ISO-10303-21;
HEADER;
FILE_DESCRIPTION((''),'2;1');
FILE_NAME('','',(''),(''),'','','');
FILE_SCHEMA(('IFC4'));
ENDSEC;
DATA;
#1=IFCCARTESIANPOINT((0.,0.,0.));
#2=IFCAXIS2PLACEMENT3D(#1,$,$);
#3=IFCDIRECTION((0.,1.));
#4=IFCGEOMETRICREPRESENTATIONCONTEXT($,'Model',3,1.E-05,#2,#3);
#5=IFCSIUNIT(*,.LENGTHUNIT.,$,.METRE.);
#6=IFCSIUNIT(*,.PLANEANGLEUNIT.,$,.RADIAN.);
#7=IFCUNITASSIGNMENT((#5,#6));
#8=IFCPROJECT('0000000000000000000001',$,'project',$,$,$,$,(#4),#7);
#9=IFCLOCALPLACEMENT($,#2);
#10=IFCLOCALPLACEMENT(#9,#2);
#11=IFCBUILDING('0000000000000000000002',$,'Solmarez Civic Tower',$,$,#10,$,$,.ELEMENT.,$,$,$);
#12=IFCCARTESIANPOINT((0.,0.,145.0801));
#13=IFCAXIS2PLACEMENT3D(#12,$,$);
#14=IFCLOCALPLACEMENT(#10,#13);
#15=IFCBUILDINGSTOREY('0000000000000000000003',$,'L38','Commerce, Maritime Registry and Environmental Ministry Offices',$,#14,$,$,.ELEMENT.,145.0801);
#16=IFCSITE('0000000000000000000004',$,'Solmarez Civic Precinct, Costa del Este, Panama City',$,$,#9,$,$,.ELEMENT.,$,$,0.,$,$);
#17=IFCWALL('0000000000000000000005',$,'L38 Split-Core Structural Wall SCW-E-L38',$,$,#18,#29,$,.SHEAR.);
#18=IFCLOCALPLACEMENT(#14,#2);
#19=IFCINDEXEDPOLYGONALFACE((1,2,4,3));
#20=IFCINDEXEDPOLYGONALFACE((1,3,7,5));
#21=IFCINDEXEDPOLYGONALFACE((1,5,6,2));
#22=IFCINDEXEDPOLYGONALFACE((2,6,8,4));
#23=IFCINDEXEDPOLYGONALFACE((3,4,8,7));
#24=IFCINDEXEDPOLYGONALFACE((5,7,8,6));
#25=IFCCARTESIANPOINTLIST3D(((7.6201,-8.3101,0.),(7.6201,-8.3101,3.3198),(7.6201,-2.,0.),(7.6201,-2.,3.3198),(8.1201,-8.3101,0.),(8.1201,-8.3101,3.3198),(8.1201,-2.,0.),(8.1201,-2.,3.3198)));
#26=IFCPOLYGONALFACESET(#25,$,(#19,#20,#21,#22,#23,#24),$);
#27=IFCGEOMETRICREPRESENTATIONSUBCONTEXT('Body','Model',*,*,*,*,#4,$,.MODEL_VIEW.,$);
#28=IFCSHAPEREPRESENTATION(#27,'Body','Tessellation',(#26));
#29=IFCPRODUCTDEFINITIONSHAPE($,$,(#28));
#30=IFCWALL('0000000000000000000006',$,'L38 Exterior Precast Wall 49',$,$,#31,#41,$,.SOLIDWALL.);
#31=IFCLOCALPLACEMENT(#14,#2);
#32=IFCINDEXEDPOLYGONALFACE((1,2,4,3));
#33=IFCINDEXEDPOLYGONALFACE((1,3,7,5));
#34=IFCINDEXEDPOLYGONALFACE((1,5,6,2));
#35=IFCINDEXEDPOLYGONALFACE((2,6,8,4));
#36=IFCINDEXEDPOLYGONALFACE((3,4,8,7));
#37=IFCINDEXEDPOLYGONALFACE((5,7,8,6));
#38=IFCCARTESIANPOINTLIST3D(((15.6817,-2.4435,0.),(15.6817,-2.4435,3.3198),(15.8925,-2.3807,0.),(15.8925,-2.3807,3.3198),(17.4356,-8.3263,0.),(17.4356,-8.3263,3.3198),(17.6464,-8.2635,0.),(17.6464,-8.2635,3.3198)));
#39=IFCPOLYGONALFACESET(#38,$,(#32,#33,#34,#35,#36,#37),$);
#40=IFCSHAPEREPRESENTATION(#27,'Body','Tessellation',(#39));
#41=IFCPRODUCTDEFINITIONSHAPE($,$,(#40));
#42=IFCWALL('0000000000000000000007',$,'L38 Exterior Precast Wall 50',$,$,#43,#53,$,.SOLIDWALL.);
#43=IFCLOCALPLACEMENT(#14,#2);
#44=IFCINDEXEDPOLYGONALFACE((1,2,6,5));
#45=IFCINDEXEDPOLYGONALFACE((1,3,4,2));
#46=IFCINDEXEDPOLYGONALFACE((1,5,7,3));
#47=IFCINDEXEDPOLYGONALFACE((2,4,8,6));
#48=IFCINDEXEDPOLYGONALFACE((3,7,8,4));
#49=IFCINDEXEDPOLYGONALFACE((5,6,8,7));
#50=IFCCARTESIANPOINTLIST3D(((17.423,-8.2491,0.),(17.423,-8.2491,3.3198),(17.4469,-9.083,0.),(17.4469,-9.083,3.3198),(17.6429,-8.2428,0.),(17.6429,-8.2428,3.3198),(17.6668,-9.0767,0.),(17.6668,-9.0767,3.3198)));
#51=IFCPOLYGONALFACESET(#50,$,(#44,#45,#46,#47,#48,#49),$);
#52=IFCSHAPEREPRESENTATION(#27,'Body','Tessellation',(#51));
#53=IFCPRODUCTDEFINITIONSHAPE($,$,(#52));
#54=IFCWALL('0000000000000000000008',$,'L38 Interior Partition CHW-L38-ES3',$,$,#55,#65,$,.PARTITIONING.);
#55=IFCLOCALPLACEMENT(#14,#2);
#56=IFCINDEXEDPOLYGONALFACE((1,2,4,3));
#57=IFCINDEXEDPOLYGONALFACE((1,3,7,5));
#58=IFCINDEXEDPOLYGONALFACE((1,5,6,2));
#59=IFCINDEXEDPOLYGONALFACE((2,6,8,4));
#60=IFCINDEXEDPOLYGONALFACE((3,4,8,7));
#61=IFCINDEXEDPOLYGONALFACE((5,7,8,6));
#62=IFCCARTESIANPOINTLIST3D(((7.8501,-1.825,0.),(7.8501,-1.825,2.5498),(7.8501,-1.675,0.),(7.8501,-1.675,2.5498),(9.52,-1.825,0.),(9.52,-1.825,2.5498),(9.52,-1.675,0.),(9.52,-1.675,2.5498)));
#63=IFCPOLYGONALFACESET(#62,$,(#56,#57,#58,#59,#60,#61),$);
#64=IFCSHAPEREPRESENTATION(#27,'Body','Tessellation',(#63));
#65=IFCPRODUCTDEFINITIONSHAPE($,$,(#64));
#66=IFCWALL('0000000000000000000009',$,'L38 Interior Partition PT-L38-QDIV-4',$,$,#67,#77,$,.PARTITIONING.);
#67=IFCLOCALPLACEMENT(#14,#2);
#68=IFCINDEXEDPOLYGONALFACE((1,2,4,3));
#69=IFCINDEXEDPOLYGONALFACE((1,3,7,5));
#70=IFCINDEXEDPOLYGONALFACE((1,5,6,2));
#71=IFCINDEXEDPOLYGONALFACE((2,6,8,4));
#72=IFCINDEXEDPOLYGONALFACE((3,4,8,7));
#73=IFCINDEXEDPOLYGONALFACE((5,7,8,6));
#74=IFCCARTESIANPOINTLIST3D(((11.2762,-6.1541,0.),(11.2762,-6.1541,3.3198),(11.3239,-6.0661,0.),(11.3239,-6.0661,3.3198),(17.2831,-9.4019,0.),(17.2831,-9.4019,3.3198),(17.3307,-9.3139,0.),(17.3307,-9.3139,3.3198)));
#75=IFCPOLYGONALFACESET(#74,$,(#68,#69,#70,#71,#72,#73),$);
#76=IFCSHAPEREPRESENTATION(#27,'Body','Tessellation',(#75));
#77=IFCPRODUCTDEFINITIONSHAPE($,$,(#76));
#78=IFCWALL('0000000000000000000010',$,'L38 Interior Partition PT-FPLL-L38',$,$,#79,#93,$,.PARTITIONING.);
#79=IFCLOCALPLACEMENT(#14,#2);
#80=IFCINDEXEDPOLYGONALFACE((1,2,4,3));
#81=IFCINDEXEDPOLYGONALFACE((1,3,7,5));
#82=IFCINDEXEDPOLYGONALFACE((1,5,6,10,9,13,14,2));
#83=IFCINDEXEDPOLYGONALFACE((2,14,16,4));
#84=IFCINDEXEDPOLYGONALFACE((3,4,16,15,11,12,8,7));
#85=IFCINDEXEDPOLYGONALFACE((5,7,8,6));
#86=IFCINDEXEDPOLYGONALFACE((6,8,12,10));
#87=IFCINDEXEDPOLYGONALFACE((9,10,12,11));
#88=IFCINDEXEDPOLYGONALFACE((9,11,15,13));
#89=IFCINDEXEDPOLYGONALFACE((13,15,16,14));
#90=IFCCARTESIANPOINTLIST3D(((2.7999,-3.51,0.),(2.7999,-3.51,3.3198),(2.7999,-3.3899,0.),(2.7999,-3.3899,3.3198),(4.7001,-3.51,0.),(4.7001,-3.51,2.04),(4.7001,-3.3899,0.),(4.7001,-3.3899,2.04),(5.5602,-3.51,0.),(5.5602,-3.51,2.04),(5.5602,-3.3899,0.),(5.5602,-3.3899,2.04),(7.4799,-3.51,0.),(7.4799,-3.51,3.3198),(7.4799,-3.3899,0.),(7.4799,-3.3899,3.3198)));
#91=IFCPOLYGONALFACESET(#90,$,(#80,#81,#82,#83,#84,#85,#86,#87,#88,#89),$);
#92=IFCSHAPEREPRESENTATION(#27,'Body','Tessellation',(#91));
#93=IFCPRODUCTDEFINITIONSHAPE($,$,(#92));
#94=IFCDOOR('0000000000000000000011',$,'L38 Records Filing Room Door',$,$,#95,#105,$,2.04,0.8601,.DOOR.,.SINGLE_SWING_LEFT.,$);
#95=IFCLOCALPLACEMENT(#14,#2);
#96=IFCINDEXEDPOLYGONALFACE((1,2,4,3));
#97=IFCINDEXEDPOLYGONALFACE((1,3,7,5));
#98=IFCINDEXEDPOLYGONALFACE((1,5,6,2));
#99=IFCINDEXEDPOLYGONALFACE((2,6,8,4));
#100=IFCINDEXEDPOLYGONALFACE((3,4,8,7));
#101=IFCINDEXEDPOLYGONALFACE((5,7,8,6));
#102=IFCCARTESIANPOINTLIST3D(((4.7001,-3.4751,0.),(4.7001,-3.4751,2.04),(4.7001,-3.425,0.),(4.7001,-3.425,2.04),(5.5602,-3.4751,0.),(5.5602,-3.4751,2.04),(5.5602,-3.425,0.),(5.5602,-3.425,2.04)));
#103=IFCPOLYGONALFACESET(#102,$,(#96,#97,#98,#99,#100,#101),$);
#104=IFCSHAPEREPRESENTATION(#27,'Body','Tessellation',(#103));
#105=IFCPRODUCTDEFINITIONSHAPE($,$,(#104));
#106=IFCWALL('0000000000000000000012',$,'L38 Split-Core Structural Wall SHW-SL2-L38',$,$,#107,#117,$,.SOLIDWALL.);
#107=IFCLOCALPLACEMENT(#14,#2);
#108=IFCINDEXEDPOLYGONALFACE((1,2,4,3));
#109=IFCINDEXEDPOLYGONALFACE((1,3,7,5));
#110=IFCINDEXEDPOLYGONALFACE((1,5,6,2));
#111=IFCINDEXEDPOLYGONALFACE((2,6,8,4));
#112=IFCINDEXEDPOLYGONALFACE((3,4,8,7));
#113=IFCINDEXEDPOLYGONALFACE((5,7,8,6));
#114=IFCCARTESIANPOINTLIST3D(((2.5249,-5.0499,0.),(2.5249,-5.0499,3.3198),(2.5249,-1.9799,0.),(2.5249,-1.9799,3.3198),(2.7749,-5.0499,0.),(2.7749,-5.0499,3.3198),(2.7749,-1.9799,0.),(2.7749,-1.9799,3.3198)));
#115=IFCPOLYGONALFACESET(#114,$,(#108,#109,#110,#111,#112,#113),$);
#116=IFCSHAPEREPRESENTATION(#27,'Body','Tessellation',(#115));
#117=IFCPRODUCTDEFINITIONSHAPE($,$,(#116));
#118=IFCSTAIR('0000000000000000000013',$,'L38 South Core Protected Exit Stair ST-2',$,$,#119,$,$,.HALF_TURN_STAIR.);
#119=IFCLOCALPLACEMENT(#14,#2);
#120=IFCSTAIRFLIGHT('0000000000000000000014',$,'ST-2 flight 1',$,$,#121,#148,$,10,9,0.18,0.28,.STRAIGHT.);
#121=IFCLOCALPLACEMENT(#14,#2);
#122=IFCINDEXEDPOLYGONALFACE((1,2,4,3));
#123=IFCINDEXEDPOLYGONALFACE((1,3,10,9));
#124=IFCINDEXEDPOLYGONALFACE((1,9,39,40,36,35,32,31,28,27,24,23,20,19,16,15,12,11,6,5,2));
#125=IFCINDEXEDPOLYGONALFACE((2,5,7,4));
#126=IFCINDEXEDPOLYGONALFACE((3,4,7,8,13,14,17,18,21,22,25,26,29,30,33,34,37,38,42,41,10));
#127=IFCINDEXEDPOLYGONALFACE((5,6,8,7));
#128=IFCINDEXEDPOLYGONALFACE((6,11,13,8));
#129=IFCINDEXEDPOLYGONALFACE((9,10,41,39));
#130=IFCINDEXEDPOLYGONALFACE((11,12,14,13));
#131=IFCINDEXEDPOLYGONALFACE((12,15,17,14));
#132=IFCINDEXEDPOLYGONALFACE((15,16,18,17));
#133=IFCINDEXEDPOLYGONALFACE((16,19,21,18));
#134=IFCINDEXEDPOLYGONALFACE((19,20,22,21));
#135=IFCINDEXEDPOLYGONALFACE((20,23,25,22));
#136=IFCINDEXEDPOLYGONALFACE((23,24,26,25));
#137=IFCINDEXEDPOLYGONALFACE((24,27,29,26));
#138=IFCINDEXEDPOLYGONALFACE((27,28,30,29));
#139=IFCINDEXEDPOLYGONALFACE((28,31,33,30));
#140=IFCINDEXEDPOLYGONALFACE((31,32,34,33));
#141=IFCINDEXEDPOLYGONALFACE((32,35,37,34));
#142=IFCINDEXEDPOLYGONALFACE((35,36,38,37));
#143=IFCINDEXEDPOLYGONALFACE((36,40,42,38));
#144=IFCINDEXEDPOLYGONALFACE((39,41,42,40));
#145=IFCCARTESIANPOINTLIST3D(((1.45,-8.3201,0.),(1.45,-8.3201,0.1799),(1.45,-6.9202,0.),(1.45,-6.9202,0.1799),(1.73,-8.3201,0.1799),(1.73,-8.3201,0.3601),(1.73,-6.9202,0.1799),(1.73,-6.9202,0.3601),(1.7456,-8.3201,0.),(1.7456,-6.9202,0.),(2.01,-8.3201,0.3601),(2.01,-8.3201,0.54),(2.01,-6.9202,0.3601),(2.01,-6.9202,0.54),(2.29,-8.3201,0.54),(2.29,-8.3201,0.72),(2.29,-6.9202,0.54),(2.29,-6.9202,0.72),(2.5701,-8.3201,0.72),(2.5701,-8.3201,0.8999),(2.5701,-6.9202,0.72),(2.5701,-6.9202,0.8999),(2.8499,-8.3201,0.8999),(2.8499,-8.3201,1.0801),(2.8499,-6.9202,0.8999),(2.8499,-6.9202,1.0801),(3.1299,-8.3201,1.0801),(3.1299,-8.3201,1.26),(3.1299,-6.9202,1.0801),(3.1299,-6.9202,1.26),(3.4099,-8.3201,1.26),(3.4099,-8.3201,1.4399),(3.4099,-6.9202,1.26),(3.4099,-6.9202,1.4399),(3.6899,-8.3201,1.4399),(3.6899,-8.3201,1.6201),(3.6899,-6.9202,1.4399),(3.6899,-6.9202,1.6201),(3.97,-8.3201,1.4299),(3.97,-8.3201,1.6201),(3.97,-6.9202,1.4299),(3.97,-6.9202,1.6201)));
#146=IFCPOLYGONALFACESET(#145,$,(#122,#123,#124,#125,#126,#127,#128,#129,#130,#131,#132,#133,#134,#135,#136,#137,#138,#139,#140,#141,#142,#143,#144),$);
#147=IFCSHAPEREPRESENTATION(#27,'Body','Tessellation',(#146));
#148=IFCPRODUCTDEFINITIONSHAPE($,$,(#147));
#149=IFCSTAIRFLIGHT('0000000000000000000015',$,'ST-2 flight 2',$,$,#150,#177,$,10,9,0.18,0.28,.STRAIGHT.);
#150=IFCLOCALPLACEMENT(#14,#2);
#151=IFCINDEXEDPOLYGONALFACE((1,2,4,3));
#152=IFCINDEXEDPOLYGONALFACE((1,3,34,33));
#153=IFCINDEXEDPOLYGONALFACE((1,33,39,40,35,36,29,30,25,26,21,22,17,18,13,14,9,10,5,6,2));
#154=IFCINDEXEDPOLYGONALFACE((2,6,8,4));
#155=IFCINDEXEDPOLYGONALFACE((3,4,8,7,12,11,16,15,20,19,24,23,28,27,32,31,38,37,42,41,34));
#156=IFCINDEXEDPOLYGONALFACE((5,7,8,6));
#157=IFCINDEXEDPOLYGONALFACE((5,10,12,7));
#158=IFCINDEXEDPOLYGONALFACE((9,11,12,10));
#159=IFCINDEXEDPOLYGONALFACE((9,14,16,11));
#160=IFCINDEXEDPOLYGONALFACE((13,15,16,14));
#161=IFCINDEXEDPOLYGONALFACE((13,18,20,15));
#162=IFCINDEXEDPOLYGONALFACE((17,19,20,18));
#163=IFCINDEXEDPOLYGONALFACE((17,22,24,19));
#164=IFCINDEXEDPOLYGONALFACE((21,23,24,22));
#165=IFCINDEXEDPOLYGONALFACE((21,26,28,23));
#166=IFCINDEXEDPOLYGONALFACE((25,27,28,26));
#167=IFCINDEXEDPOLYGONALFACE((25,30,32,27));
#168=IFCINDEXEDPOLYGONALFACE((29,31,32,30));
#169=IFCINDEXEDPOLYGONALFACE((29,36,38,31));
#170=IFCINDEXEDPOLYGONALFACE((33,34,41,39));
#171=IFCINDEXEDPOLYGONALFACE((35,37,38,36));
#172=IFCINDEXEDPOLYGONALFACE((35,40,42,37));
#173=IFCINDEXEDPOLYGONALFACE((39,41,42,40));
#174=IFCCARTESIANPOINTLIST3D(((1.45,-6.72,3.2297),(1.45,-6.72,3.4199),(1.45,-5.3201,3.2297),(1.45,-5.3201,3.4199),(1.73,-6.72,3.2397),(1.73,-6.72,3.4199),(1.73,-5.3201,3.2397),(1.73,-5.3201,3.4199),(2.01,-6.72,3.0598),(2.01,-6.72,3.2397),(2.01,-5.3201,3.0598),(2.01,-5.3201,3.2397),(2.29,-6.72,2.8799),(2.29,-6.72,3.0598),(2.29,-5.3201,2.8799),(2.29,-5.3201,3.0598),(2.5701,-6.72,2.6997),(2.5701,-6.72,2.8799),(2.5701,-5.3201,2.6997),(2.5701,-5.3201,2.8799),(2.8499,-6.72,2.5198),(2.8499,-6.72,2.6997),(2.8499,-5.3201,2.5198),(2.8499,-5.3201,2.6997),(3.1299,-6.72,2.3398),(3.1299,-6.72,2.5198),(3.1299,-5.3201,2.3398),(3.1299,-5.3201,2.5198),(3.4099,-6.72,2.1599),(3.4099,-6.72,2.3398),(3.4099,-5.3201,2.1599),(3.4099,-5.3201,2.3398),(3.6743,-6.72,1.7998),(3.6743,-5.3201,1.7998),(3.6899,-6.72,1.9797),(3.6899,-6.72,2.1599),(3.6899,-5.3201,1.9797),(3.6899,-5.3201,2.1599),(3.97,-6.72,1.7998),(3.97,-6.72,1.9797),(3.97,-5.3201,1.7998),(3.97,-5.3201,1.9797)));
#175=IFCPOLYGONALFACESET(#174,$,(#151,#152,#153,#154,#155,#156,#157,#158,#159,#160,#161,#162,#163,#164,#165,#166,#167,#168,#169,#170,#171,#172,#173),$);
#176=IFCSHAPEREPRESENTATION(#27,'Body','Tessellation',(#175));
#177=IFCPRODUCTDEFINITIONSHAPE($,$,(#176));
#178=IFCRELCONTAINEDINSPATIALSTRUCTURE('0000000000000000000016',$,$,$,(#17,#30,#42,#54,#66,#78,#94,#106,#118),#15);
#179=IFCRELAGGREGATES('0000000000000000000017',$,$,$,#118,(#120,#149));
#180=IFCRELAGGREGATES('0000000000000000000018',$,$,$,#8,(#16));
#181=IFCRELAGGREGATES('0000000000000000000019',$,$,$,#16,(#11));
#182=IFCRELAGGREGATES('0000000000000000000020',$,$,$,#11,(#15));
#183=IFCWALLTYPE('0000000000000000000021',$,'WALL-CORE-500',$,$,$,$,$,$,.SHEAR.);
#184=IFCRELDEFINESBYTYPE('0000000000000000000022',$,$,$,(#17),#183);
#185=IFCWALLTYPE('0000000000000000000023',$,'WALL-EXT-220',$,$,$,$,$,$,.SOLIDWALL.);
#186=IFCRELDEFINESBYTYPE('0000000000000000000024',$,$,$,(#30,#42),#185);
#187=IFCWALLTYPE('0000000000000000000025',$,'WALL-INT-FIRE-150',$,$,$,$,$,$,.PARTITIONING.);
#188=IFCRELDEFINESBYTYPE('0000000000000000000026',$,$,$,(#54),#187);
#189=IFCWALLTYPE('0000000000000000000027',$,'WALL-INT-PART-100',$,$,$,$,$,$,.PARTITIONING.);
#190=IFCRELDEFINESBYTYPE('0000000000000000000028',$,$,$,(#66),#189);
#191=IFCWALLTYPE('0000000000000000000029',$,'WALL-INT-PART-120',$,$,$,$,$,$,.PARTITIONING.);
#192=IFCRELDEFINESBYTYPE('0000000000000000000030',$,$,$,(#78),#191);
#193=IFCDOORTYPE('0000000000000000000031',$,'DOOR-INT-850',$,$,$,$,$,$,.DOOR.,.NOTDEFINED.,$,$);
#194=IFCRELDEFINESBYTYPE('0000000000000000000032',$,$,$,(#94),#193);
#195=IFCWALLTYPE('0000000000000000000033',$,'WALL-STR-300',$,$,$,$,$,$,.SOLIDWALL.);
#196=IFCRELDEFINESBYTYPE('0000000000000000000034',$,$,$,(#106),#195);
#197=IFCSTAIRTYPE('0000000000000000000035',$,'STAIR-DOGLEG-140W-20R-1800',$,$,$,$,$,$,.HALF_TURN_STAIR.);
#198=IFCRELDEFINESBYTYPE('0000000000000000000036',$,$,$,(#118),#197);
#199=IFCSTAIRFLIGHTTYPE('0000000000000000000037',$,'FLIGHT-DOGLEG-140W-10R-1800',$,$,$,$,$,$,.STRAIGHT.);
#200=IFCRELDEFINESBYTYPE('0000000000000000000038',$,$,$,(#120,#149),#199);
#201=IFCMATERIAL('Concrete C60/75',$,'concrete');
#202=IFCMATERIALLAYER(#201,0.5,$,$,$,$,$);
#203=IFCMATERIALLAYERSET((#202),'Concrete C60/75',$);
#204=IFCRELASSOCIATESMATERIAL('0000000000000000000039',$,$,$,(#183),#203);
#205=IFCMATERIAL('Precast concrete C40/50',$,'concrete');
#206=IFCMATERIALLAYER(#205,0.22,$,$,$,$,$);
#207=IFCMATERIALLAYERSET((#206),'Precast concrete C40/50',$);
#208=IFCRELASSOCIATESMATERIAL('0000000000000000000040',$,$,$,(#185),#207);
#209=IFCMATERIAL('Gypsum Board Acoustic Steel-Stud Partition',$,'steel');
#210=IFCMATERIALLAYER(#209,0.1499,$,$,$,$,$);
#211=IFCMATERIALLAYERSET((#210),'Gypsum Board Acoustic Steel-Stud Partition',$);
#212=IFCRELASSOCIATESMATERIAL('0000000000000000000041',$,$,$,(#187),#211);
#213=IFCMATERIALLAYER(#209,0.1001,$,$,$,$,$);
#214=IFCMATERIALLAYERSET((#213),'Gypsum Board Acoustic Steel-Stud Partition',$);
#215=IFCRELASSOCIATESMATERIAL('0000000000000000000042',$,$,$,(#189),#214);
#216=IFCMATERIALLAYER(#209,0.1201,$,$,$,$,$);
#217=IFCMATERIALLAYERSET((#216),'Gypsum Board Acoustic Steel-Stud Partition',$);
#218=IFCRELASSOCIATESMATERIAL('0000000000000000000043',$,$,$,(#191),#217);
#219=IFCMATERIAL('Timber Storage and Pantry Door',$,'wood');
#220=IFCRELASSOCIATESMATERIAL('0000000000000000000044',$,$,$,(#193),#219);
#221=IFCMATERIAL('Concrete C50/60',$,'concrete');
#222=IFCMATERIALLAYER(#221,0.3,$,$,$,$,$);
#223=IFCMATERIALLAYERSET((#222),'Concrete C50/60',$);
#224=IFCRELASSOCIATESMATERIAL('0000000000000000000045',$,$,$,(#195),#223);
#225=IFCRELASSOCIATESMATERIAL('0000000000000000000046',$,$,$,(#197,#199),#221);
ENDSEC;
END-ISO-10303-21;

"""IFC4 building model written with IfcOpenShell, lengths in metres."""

from ifc_helpers import new_model, si_unit, direction, frame, frame_2d, origin, place, context, subcontext, project, spatial, polyline, rectangle, outline, extrude, material, layer, layer_set, type_object, element, fill, aggregate, save


model = new_model("IFC4")

# Units and contexts
model_context = context("Model", 3, precision=1e-05, world=origin(), true_north=direction((0.0, 1.0)))
body_context = subcontext(model_context, "Body", "Model", "MODEL_VIEW")
ifc_project = project(units=[si_unit("LENGTHUNIT", "METRE"), si_unit("PLANEANGLEUNIT", "RADIAN")], contexts=[model_context])

# Site, building, storey
site_placement = place(None, origin())
site = spatial("IfcSite", under=ifc_project, at=site_placement, Name="Solmarez Civic Precinct, Costa del Este, Panama City", CompositionType="ELEMENT", RefElevation=0.0)
building_placement = place(site_placement, origin())
building = spatial("IfcBuilding", under=site, at=building_placement, Name="Solmarez Civic Tower", CompositionType="ELEMENT")
storey_placement = place(building_placement, frame((0.0, 0.0, 145.0801)))
storey = spatial("IfcBuildingStorey", under=building, at=storey_placement, Name="L38", Description="Commerce, Maritime Registry and Environmental Ministry Offices", CompositionType="ELEMENT", Elevation=145.0801)

# Shared definitions
ifc_material_1 = material(Name="Concrete C50/60", Category="concrete")

# Walls
ifc_material_2 = material(Name="Concrete C60/75", Category="concrete")
ifc_layer_1 = layer(ifc_material_2, 0.5)
ifc_layer_set_1 = layer_set([ifc_layer_1], Name="Concrete C60/75")
wall_type_1 = type_object("IfcWallType", Name="WALL-CORE-500", PredefinedType="SHEAR", material=ifc_layer_set_1)
wall_1_placement = place(storey_placement, frame((7.8701, -2.0, 0.0), z_axis=(0.0, 0.0, 1.0), x_axis=(0.0, -1.0, 0.0)))
element("IfcWall", 1, at=wall_1_placement, inside=storey, type_object=wall_type_1, Name="L38 Split-Core Structural Wall SCW-E-L38", PredefinedType="SHEAR", context=body_context, shape_type="SweptSolid", body=[
    extrude(rectangle(XDim=6.3101, YDim=0.5, at=frame_2d((3.155, 0.0))), origin(), (0.0, 0.0, 1.0), 3.3198),
])
ifc_material_3 = material(Name="Precast concrete C40/50", Category="concrete")
ifc_layer_2 = layer(ifc_material_3, 0.22)
ifc_layer_set_2 = layer_set([ifc_layer_2], Name="Precast concrete C40/50")
wall_type_2 = type_object("IfcWallType", Name="WALL-EXT-220", PredefinedType="SOLIDWALL", material=ifc_layer_set_2)
wall_2_placement = place(storey_placement, frame((15.7871, -2.4121, 0.0), z_axis=(0.0, 0.0, 1.0), x_axis=(0.285713, -0.958315, 0.0)))
element("IfcWall", 2, at=wall_2_placement, inside=storey, type_object=wall_type_2, Name="L38 Exterior Precast Wall 49", PredefinedType="SOLIDWALL", context=body_context, shape_type="SweptSolid", body=[
    extrude(rectangle(XDim=6.1387, YDim=0.22, at=frame_2d((3.0693, 0.0))), origin(), (0.0, 0.0, 1.0), 3.3198),
])
wall_3_placement = place(storey_placement, frame((17.533, -8.2461, 0.0), z_axis=(0.0, 0.0, 1.0), x_axis=(0.028677, -0.999589, 0.0)))
element("IfcWall", 3, at=wall_3_placement, inside=storey, type_object=wall_type_2, Name="L38 Exterior Precast Wall 50", PredefinedType="SOLIDWALL", context=body_context, shape_type="SweptSolid", body=[
    extrude(rectangle(XDim=0.8342, YDim=0.22, at=frame_2d((0.417, 0.0))), origin(), (0.0, 0.0, 1.0), 3.3198),
])
ifc_material_4 = material(Name="Gypsum Board Acoustic Steel-Stud Partition", Category="steel")
ifc_layer_3 = layer(ifc_material_4, 0.1499)
ifc_layer_set_3 = layer_set([ifc_layer_3], Name="Gypsum Board Acoustic Steel-Stud Partition")
wall_type_3 = type_object("IfcWallType", Name="WALL-INT-FIRE-150", PredefinedType="PARTITIONING", material=ifc_layer_set_3)
wall_4_placement = place(storey_placement, frame((7.8501, -1.75, 0.0), z_axis=(0.0, 0.0, 1.0), x_axis=(1.0, 0.0, 0.0)))
element("IfcWall", 4, at=wall_4_placement, inside=storey, type_object=wall_type_3, Name="L38 Interior Partition CHW-L38-ES3", PredefinedType="PARTITIONING", context=body_context, shape_type="SweptSolid", body=[
    extrude(rectangle(XDim=1.6699, YDim=0.1499, at=frame_2d((0.835, 0.0))), origin(), (0.0, 0.0, 1.0), 2.5498),
])
ifc_layer_4 = layer(ifc_material_4, 0.1001)
ifc_layer_set_4 = layer_set([ifc_layer_4], Name="Gypsum Board Acoustic Steel-Stud Partition")
wall_type_4 = type_object("IfcWallType", Name="WALL-INT-PART-100", PredefinedType="PARTITIONING", material=ifc_layer_set_4)
wall_5_placement = place(storey_placement, frame((11.3, -6.1101, 0.0), z_axis=(0.0, 0.0, 1.0), x_axis=(0.879654, -0.475615, 0.0)))
element("IfcWall", 5, at=wall_5_placement, inside=storey, type_object=wall_type_4, Name="L38 Interior Partition PT-L38-QDIV-4", PredefinedType="PARTITIONING", context=body_context, shape_type="SweptSolid", body=[
    extrude(rectangle(XDim=6.8286, YDim=0.1001, at=frame_2d((3.4143, 0.0))), origin(), (0.0, 0.0, 1.0), 3.3198),
])

# Wall, opening, door
ifc_layer_5 = layer(ifc_material_4, 0.1201)
ifc_layer_set_5 = layer_set([ifc_layer_5], Name="Gypsum Board Acoustic Steel-Stud Partition")
wall_type_5 = type_object("IfcWallType", Name="WALL-INT-PART-120", PredefinedType="PARTITIONING", material=ifc_layer_set_5)
wall_6_placement = place(storey_placement, frame((2.8, -3.45, 0.0), z_axis=(0.0, 0.0, 1.0), x_axis=(1.0, 0.0, 0.0)))
wall_6 = element("IfcWall", 6, at=wall_6_placement, inside=storey, type_object=wall_type_5, Name="L38 Interior Partition PT-FPLL-L38", PredefinedType="PARTITIONING", context=body_context, shape_type="SweptSolid", body=[
    extrude(rectangle(XDim=4.6799, YDim=0.1201, at=frame_2d((2.3398, 0.0))), origin(), (0.0, 0.0, 1.0), 3.3198),
])
opening_placement = place(wall_6_placement, frame((1.8999, 0.0, 0.0)))
opening = element("IfcOpeningElement", 7, at=opening_placement, cuts=wall_6, PredefinedType="OPENING", context=body_context, shape_type="SweptSolid", body=[
    extrude(rectangle(XDim=0.8601, YDim=2.04, at=frame_2d((0.4302, 1.02))), frame((0.0, 0.0701, 0.0), z_axis=(0.0, -1.0, 0.0), x_axis=(1.0, 0.0, 0.0)), (0.0, 0.0, 1.0), 0.1401),
])
ifc_material_5 = material(Name="Timber Storage and Pantry Door", Category="wood")
door_type = type_object("IfcDoorType", Name="DOOR-INT-850", OperationType="NOTDEFINED", PredefinedType="DOOR", material=ifc_material_5)
door_placement = place(opening_placement, origin())
door = element("IfcDoor", 8, at=door_placement, inside=storey, type_object=door_type, Name="L38 Records Filing Room Door", OperationType="SINGLE_SWING_LEFT", OverallHeight=2.04, OverallWidth=0.8601, PredefinedType="DOOR", context=body_context, shape_type="SweptSolid", body=[
    extrude(rectangle(XDim=0.8601, YDim=2.04, at=frame_2d((0.4302, 1.02))), frame((0.0, 0.0249, 0.0), z_axis=(0.0, -1.0, 0.0), x_axis=(1.0, 0.0, 0.0)), (0.0, 0.0, 1.0), 0.05),
])
fill(opening, door)

# Wall
ifc_layer_6 = layer(ifc_material_1, 0.3)
ifc_layer_set_6 = layer_set([ifc_layer_6], Name="Concrete C50/60")
wall_type_6 = type_object("IfcWallType", Name="WALL-STR-300", PredefinedType="SOLIDWALL", material=ifc_layer_set_6)
wall_7_placement = place(storey_placement, frame((2.6499, -5.05, 0.0), z_axis=(0.0, 0.0, 1.0), x_axis=(0.0, 1.0, 0.0)))
element("IfcWall", 9, at=wall_7_placement, inside=storey, type_object=wall_type_6, Name="L38 Split-Core Structural Wall SHW-SL2-L38", PredefinedType="SOLIDWALL", context=body_context, shape_type="SweptSolid", body=[
    extrude(rectangle(XDim=3.0701, YDim=0.25, at=frame_2d((1.5352, 0.0))), origin(), (0.0, 0.0, 1.0), 3.3198),
])

# Stair, stair flights
stair_type = type_object("IfcStairType", Name="STAIR-DOGLEG-140W-20R-1800", PredefinedType="HALF_TURN_STAIR", material=ifc_material_1)
stair_placement = place(storey_placement, origin())
stair = element("IfcStair", 10, at=stair_placement, inside=storey, type_object=stair_type, Name="L38 South Core Protected Exit Stair ST-2", PredefinedType="HALF_TURN_STAIR")
stair_flight_type = type_object("IfcStairFlightType", Name="FLIGHT-DOGLEG-140W-10R-1800", PredefinedType="STRAIGHT", material=ifc_material_1)
stair_flight_1_placement = place(storey_placement, frame((1.45, -7.6201, 0.0), z_axis=(0.0, 0.0, 1.0), x_axis=(1.0, 0.0, 0.0)))
stair_flight_1 = element("IfcStairFlight", 11, at=stair_flight_1_placement, type_object=stair_flight_type, Name="ST-2 flight 1", NumberOfRisers=10, NumberOfTreads=9, PredefinedType="STRAIGHT", RiserHeight=0.18, TreadLength=0.28, context=body_context, shape_type="SweptSolid", body=[
    extrude(outline(polyline([(0.0, 0.0), (0.0, 0.1799), (0.28, 0.1799), (0.28, 0.3601), (0.5601, 0.3601), (0.5601, 0.54), (0.8401, 0.54), (0.8401, 0.72), (1.1201, 0.72), (1.1201, 0.8999), (1.3999, 0.8999), (1.3999, 1.0801), (1.6799, 1.0801), (1.6799, 1.26), (1.96, 1.26), (1.96, 1.4399), (2.24, 1.4399), (2.24, 1.6201), (2.52, 1.6201), (2.52, 1.8), (2.52, 1.4299), (0.2957, 0.0), (0.0, 0.0)])), frame((0.0, 0.7, 0.0), z_axis=(0.0, -1.0, 0.0), x_axis=(1.0, 0.0, 0.0)), (0.0, 0.0, 1.0), 1.3999),
])
stair_flight_2_placement = place(storey_placement, frame((3.97, -6.02, 1.7998), z_axis=(0.0, 0.0, 1.0), x_axis=(-1.0, 0.0, 0.0)))
stair_flight_2 = element("IfcStairFlight", 12, at=stair_flight_2_placement, type_object=stair_flight_type, Name="ST-2 flight 2", NumberOfRisers=10, NumberOfTreads=9, PredefinedType="STRAIGHT", RiserHeight=0.18, TreadLength=0.28, context=body_context, shape_type="SweptSolid", body=[
    extrude(outline(polyline([(0.0, 0.0), (0.0, 0.1799), (0.28, 0.1799), (0.28, 0.3601), (0.5601, 0.3601), (0.5601, 0.54), (0.8401, 0.54), (0.8401, 0.72), (1.1201, 0.72), (1.1201, 0.8999), (1.3999, 0.8999), (1.3999, 1.0801), (1.6799, 1.0801), (1.6799, 1.26), (1.96, 1.26), (1.96, 1.4399), (2.24, 1.4399), (2.24, 1.6201), (2.52, 1.6201), (2.52, 1.8), (2.52, 1.4299), (0.2957, 0.0), (0.0, 0.0)])), frame((0.0, 0.7, 0.0), z_axis=(0.0, -1.0, 0.0), x_axis=(1.0, 0.0, 0.0)), (0.0, 0.0, 1.0), 1.3999),
])
aggregate(stair, [stair_flight_1, stair_flight_2])

save(model, "model.ifc")
